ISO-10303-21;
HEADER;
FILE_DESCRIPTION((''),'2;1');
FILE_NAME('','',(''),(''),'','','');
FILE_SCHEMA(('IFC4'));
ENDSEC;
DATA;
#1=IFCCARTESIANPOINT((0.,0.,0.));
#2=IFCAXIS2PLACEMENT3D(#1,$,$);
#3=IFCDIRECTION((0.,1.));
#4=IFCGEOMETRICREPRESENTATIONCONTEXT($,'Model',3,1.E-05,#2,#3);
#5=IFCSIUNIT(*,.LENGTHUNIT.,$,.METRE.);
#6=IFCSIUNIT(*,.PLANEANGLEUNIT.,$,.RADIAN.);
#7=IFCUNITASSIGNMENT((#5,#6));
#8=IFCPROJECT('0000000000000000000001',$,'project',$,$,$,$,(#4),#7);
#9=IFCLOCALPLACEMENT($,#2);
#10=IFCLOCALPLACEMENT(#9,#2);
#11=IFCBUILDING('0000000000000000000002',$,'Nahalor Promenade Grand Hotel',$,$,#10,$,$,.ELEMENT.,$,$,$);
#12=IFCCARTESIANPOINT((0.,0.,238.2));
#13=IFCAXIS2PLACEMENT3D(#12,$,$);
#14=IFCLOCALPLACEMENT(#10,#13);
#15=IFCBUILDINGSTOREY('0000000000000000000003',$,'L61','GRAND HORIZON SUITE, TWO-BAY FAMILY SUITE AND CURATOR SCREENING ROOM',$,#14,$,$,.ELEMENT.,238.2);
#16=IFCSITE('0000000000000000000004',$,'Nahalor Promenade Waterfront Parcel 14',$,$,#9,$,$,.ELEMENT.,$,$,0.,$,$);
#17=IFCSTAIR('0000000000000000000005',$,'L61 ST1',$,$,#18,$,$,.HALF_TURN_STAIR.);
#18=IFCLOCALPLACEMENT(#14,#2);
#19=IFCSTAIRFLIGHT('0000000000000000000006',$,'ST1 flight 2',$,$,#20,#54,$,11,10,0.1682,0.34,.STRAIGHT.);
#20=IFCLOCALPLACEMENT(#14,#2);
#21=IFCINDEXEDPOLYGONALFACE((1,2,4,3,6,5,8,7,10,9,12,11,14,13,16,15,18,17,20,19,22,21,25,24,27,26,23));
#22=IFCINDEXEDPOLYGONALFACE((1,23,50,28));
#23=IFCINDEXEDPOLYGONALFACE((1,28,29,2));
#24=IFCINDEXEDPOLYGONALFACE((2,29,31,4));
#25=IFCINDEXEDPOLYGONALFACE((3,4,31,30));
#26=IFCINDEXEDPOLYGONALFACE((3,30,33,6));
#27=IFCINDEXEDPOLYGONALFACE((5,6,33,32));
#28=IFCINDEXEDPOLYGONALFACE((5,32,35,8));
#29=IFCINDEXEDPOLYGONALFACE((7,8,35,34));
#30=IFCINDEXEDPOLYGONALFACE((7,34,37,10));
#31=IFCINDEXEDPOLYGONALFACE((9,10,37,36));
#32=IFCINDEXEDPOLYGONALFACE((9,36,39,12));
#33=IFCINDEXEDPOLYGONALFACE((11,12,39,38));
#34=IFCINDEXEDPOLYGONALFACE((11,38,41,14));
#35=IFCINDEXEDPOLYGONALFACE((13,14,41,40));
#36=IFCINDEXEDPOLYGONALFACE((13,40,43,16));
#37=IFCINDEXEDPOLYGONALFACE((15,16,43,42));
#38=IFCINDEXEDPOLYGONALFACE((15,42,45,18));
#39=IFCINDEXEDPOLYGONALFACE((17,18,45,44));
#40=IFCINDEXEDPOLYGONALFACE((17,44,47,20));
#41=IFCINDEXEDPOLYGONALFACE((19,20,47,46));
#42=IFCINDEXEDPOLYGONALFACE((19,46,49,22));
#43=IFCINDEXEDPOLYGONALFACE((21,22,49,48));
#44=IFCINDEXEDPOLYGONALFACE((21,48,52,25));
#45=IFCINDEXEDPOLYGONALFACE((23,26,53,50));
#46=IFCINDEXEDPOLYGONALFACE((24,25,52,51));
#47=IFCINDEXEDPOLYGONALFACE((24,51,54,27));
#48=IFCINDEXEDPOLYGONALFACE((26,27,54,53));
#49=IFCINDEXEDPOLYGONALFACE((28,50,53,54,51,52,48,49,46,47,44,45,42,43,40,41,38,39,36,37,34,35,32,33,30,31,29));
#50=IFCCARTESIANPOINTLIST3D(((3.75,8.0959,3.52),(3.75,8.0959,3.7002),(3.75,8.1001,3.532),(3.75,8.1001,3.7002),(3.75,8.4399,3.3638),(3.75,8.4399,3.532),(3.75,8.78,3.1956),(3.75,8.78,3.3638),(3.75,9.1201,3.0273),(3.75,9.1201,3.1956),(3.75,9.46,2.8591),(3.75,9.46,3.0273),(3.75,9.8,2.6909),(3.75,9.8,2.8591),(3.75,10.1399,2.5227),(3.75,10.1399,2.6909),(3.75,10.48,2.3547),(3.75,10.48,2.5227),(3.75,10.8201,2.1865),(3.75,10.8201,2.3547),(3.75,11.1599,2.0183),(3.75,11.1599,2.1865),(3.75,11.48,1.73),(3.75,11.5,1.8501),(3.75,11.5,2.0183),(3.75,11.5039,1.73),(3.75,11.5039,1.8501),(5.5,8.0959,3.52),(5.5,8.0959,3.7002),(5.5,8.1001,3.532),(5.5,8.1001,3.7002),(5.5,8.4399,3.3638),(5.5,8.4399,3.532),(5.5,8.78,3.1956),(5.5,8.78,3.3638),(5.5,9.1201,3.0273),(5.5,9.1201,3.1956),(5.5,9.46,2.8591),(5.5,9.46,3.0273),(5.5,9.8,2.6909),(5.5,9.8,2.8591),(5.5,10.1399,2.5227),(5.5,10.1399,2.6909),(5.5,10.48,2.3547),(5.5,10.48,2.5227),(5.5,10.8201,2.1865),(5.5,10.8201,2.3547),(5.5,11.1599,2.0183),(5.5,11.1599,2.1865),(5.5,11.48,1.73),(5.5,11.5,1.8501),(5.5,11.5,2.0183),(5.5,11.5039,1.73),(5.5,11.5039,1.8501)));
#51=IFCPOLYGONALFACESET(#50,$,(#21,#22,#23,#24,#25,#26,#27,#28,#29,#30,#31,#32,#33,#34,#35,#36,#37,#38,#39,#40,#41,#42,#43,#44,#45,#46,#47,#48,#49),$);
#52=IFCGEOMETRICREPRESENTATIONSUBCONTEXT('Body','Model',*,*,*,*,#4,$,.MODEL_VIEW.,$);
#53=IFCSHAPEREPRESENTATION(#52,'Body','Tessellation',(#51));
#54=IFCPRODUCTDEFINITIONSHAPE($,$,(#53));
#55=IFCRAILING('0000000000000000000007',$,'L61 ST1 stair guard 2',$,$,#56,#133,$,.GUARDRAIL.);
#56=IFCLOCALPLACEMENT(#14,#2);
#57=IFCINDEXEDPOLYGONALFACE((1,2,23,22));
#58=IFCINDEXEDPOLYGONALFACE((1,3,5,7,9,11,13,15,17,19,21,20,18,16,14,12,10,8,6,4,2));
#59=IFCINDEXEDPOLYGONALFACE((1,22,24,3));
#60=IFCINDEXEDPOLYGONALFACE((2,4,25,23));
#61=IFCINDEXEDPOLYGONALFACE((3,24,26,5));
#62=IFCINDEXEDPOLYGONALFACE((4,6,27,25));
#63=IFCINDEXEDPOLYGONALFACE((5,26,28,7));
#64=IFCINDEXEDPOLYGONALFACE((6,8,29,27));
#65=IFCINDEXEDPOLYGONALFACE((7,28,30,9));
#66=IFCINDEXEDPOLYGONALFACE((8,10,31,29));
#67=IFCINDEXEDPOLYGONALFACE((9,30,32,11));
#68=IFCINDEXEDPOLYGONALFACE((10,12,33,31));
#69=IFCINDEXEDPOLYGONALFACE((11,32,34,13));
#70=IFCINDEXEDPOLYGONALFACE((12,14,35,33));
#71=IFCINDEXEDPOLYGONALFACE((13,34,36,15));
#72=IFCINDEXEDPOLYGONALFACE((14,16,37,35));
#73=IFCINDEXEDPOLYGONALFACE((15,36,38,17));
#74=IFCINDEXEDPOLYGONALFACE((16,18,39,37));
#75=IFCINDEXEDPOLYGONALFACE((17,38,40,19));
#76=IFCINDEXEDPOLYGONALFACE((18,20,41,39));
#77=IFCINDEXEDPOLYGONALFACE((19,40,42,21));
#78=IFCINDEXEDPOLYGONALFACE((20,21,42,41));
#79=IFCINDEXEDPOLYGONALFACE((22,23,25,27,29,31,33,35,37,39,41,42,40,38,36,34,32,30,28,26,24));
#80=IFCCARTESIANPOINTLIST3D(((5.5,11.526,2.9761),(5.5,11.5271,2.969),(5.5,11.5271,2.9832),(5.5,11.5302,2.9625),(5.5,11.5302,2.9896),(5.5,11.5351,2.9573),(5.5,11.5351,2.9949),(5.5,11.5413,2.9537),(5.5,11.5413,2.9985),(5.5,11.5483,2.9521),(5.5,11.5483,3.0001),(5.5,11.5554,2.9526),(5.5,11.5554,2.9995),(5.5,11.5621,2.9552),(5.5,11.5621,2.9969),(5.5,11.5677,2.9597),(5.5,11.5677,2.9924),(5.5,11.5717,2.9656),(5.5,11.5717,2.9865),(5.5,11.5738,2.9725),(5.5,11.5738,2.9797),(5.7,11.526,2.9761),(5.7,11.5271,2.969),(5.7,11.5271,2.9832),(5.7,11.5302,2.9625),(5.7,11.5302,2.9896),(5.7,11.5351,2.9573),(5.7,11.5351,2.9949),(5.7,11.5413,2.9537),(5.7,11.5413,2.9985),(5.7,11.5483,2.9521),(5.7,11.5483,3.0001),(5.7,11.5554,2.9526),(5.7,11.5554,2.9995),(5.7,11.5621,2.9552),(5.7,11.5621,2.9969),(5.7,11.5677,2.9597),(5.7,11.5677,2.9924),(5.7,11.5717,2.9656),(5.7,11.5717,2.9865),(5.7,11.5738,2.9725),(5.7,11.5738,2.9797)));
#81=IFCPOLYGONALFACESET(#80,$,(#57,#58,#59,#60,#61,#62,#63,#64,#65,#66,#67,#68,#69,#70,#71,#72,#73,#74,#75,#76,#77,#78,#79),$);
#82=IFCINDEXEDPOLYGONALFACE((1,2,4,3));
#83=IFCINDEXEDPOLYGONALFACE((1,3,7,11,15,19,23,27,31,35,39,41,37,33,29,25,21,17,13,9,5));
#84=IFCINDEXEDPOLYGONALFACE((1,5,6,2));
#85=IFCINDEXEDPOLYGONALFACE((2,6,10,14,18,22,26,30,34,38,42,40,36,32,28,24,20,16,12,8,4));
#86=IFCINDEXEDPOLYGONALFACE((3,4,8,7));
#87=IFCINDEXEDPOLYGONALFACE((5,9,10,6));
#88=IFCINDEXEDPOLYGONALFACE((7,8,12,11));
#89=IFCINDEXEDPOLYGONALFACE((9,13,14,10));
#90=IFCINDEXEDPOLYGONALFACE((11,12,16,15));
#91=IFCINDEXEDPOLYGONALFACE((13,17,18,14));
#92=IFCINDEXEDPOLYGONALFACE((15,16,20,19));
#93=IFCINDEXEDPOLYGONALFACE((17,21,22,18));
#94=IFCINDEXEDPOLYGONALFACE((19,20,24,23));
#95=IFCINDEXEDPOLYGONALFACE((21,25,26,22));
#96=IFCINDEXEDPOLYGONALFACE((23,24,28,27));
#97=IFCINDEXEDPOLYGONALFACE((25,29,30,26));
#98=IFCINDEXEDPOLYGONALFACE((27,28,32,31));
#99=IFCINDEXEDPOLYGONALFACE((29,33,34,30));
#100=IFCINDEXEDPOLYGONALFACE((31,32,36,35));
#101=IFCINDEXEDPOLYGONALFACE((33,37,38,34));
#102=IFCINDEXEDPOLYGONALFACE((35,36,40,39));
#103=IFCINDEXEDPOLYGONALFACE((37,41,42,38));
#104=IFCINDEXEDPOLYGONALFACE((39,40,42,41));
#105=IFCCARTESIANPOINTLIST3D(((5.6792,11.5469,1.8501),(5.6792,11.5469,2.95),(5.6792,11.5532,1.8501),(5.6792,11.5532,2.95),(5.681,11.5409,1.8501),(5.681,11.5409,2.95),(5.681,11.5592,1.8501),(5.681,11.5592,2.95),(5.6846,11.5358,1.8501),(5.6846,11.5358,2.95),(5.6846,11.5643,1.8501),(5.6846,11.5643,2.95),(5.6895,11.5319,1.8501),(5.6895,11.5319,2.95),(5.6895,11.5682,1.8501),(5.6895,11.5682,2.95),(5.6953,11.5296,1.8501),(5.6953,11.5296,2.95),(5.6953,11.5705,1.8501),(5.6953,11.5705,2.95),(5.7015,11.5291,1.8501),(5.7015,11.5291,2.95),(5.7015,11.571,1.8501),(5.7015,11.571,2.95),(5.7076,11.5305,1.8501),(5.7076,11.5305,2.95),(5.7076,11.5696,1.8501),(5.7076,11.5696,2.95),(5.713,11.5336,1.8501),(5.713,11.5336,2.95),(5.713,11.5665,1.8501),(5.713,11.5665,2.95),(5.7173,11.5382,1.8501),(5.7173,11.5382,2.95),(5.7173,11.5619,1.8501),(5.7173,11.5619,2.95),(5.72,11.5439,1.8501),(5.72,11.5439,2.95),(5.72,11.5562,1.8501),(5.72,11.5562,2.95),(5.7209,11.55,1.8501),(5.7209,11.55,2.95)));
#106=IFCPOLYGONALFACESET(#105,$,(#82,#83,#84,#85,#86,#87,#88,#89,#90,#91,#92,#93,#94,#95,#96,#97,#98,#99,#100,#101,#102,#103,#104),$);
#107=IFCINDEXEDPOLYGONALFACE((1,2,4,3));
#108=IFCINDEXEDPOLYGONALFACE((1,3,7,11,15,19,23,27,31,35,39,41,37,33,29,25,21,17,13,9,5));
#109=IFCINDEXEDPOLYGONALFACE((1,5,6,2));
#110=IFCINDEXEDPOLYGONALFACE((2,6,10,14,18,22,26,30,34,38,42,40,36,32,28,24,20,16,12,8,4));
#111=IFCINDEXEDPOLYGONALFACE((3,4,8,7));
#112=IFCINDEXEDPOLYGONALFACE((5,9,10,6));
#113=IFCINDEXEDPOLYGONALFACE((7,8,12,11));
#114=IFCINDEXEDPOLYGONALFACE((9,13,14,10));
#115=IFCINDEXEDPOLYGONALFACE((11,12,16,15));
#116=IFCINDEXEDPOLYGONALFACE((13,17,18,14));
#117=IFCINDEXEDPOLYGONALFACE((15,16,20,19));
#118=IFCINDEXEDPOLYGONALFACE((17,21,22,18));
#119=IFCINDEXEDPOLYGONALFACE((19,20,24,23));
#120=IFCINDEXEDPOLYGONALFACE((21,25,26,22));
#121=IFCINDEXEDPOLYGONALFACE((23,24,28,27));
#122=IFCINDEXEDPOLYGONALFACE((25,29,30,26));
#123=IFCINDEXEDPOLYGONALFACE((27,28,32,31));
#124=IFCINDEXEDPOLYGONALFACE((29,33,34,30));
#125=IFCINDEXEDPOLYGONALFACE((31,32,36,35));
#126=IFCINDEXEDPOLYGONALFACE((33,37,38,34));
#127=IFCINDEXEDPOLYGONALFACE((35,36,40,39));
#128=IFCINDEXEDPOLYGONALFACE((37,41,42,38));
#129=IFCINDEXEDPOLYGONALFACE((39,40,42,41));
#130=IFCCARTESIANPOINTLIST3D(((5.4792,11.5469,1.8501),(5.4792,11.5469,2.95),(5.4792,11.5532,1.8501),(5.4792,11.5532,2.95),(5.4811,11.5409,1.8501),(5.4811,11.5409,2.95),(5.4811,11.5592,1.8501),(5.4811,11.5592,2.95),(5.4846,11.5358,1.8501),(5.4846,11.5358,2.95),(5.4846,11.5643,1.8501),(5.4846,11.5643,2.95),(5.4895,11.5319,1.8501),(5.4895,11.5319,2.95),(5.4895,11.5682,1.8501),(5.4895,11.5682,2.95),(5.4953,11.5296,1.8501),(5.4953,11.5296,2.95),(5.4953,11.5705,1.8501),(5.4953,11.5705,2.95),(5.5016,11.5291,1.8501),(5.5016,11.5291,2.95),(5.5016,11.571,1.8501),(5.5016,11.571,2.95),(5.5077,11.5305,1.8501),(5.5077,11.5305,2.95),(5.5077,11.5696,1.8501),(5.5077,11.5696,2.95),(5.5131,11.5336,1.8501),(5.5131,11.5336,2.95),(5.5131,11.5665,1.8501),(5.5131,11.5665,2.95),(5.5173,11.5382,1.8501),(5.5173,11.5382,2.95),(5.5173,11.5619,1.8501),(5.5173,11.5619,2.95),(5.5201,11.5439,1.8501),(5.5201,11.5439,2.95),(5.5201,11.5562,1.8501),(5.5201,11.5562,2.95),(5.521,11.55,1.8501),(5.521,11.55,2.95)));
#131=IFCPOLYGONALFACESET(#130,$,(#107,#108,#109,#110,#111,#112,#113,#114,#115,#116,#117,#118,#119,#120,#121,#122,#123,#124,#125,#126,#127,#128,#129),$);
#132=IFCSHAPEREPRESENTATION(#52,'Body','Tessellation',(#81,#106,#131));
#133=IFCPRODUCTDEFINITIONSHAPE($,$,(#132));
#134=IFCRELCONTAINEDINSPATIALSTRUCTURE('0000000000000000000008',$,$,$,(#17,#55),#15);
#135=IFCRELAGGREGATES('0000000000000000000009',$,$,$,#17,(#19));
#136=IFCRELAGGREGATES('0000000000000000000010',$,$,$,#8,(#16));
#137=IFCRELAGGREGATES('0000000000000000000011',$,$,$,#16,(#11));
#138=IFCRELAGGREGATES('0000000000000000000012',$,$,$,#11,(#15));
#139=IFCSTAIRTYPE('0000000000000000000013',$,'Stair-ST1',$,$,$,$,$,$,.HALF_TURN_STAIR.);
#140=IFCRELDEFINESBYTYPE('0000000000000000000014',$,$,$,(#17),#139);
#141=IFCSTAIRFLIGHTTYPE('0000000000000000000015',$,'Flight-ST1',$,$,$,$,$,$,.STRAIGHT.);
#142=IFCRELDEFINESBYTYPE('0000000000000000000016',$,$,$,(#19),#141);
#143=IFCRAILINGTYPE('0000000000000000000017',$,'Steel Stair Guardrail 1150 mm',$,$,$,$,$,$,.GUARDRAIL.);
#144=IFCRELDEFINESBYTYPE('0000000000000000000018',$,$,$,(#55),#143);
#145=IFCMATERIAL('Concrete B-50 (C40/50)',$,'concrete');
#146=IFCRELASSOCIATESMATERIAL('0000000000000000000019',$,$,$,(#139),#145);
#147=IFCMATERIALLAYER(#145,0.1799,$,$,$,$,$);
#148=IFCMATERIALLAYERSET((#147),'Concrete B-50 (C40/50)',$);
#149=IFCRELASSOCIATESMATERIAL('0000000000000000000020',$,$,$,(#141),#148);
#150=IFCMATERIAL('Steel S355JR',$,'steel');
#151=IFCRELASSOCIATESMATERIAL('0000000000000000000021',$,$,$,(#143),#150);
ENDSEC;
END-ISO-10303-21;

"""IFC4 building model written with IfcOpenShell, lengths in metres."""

from ifc_helpers import new_model, si_unit, direction, frame, origin, origin_2d, place, context, subcontext, project, spatial, polyline, circle, outline, extrude, source, transform, mapped, material, layer, layer_set, type_object, element, aggregate, save


model = new_model("IFC4")

# Units and contexts
model_context = context("Model", 3, precision=1e-05, world=origin(), true_north=direction((0.0, 1.0)))
body_context = subcontext(model_context, "Body", "Model", "MODEL_VIEW")
ifc_project = project(units=[si_unit("LENGTHUNIT", "METRE"), si_unit("PLANEANGLEUNIT", "RADIAN")], contexts=[model_context])

# Site, building, storey
site_placement = place(None, origin())
site = spatial("IfcSite", under=ifc_project, at=site_placement, Name="Nahalor Promenade Waterfront Parcel 14", CompositionType="ELEMENT", RefElevation=0.0)
building_placement = place(site_placement, origin())
building = spatial("IfcBuilding", under=site, at=building_placement, Name="Nahalor Promenade Grand Hotel", CompositionType="ELEMENT")
storey_placement = place(building_placement, frame((0.0, 0.0, 238.2)))
storey = spatial("IfcBuildingStorey", under=building, at=storey_placement, Name="L61", Description="GRAND HORIZON SUITE, TWO-BAY FAMILY SUITE AND CURATOR SCREENING ROOM", CompositionType="ELEMENT", Elevation=238.2)

# Shared definitions
ifc_material_1 = material(Name="Steel S355JR", Category="steel")

# Shared definitions
ifc_material_2 = material(Name="Concrete B-50 (C40/50)", Category="concrete")

# Stair, stair flight
stair_type = type_object("IfcStairType", Name="Stair-ST1", PredefinedType="HALF_TURN_STAIR", material=ifc_material_2)
stair_placement = place(storey_placement, origin())
stair = element("IfcStair", 1, at=stair_placement, inside=storey, type_object=stair_type, Name="L61 ST1", PredefinedType="HALF_TURN_STAIR")
ifc_layer_1 = layer(ifc_material_2, 0.1799)
ifc_layer_set_1 = layer_set([ifc_layer_1], Name="Concrete B-50 (C40/50)")
stair_flight_type = type_object("IfcStairFlightType", Name="Flight-ST1", PredefinedType="STRAIGHT", material=ifc_layer_set_1)
shared_shape_1 = source(origin(), body_context, "Body", "SweptSolid", [
    extrude(outline(polyline([(-0.0039, -0.1201), (-0.0039, 0.0), (0.0, 0.0), (0.0, 0.1682), (0.3401, 0.1682), (0.3401, 0.3364), (0.6799, 0.3364), (0.6799, 0.5046), (1.02, 0.5046), (1.02, 0.6726), (1.3601, 0.6726), (1.3601, 0.8408), (1.7, 0.8408), (1.7, 1.009), (2.04, 1.009), (2.04, 1.1772), (2.3799, 1.1772), (2.3799, 1.3455), (2.72, 1.3455), (2.72, 1.5137), (3.0601, 1.5137), (3.0601, 1.6819), (3.3999, 1.6819), (3.3999, 1.8501), (3.4041, 1.8501), (3.4041, 1.6699), (0.02, -0.1201), (-0.0039, -0.1201)])), frame((0.0, 0.875, 0.0), z_axis=(0.0, -1.0, 0.0), x_axis=(1.0, 0.0, 0.0)), (0.0, 0.0, 1.0), 1.75),
])
stair_flight_placement = place(storey_placement, frame((4.625, 11.5, 1.8501), z_axis=(0.0, 0.0, 1.0), x_axis=(0.0, -1.0, 0.0)))
stair_flight = element("IfcStairFlight", 2, at=stair_flight_placement, type_object=stair_flight_type, Name="ST1 flight 2", NumberOfRisers=11, NumberOfTreads=10, PredefinedType="STRAIGHT", RiserHeight=0.1682, TreadLength=0.34, context=body_context, shape_type="MappedRepresentation", body=[
    mapped(shared_shape_1, transform((0.0, 0.0, 0.0), scale=1.0)),
])
aggregate(stair, [stair_flight])

# Railing
railing_type_1 = type_object("IfcRailingType", Name="Steel Stair Guardrail 1150 mm", PredefinedType="GUARDRAIL", material=ifc_material_1)
railing_1_placement = place(storey_placement, frame((5.7, 11.55, 1.8501)))
element("IfcRailing", 3, at=railing_1_placement, inside=storey, type_object=railing_type_1, Name="L61 ST1 stair guard 2", PredefinedType="GUARDRAIL", context=body_context, shape_type="SweptSolid", body=[
    extrude(circle(Radius=0.024, at=origin_2d()), frame((0.0, 0.0, 1.126), z_axis=(-1.0, 0.0, 0.0), x_axis=(0.0, -1.0, 0.0)), (0.0, 0.0, 1.0), 0.2),
    extrude(circle(Radius=0.021, at=origin_2d()), origin(), (0.0, 0.0, 1.0), 1.0999),
    extrude(circle(Radius=0.021, at=origin_2d()), frame((-0.2, 0.0, 0.0)), (0.0, 0.0, 1.0), 1.0999),
])

save(model, "model.ifc")
